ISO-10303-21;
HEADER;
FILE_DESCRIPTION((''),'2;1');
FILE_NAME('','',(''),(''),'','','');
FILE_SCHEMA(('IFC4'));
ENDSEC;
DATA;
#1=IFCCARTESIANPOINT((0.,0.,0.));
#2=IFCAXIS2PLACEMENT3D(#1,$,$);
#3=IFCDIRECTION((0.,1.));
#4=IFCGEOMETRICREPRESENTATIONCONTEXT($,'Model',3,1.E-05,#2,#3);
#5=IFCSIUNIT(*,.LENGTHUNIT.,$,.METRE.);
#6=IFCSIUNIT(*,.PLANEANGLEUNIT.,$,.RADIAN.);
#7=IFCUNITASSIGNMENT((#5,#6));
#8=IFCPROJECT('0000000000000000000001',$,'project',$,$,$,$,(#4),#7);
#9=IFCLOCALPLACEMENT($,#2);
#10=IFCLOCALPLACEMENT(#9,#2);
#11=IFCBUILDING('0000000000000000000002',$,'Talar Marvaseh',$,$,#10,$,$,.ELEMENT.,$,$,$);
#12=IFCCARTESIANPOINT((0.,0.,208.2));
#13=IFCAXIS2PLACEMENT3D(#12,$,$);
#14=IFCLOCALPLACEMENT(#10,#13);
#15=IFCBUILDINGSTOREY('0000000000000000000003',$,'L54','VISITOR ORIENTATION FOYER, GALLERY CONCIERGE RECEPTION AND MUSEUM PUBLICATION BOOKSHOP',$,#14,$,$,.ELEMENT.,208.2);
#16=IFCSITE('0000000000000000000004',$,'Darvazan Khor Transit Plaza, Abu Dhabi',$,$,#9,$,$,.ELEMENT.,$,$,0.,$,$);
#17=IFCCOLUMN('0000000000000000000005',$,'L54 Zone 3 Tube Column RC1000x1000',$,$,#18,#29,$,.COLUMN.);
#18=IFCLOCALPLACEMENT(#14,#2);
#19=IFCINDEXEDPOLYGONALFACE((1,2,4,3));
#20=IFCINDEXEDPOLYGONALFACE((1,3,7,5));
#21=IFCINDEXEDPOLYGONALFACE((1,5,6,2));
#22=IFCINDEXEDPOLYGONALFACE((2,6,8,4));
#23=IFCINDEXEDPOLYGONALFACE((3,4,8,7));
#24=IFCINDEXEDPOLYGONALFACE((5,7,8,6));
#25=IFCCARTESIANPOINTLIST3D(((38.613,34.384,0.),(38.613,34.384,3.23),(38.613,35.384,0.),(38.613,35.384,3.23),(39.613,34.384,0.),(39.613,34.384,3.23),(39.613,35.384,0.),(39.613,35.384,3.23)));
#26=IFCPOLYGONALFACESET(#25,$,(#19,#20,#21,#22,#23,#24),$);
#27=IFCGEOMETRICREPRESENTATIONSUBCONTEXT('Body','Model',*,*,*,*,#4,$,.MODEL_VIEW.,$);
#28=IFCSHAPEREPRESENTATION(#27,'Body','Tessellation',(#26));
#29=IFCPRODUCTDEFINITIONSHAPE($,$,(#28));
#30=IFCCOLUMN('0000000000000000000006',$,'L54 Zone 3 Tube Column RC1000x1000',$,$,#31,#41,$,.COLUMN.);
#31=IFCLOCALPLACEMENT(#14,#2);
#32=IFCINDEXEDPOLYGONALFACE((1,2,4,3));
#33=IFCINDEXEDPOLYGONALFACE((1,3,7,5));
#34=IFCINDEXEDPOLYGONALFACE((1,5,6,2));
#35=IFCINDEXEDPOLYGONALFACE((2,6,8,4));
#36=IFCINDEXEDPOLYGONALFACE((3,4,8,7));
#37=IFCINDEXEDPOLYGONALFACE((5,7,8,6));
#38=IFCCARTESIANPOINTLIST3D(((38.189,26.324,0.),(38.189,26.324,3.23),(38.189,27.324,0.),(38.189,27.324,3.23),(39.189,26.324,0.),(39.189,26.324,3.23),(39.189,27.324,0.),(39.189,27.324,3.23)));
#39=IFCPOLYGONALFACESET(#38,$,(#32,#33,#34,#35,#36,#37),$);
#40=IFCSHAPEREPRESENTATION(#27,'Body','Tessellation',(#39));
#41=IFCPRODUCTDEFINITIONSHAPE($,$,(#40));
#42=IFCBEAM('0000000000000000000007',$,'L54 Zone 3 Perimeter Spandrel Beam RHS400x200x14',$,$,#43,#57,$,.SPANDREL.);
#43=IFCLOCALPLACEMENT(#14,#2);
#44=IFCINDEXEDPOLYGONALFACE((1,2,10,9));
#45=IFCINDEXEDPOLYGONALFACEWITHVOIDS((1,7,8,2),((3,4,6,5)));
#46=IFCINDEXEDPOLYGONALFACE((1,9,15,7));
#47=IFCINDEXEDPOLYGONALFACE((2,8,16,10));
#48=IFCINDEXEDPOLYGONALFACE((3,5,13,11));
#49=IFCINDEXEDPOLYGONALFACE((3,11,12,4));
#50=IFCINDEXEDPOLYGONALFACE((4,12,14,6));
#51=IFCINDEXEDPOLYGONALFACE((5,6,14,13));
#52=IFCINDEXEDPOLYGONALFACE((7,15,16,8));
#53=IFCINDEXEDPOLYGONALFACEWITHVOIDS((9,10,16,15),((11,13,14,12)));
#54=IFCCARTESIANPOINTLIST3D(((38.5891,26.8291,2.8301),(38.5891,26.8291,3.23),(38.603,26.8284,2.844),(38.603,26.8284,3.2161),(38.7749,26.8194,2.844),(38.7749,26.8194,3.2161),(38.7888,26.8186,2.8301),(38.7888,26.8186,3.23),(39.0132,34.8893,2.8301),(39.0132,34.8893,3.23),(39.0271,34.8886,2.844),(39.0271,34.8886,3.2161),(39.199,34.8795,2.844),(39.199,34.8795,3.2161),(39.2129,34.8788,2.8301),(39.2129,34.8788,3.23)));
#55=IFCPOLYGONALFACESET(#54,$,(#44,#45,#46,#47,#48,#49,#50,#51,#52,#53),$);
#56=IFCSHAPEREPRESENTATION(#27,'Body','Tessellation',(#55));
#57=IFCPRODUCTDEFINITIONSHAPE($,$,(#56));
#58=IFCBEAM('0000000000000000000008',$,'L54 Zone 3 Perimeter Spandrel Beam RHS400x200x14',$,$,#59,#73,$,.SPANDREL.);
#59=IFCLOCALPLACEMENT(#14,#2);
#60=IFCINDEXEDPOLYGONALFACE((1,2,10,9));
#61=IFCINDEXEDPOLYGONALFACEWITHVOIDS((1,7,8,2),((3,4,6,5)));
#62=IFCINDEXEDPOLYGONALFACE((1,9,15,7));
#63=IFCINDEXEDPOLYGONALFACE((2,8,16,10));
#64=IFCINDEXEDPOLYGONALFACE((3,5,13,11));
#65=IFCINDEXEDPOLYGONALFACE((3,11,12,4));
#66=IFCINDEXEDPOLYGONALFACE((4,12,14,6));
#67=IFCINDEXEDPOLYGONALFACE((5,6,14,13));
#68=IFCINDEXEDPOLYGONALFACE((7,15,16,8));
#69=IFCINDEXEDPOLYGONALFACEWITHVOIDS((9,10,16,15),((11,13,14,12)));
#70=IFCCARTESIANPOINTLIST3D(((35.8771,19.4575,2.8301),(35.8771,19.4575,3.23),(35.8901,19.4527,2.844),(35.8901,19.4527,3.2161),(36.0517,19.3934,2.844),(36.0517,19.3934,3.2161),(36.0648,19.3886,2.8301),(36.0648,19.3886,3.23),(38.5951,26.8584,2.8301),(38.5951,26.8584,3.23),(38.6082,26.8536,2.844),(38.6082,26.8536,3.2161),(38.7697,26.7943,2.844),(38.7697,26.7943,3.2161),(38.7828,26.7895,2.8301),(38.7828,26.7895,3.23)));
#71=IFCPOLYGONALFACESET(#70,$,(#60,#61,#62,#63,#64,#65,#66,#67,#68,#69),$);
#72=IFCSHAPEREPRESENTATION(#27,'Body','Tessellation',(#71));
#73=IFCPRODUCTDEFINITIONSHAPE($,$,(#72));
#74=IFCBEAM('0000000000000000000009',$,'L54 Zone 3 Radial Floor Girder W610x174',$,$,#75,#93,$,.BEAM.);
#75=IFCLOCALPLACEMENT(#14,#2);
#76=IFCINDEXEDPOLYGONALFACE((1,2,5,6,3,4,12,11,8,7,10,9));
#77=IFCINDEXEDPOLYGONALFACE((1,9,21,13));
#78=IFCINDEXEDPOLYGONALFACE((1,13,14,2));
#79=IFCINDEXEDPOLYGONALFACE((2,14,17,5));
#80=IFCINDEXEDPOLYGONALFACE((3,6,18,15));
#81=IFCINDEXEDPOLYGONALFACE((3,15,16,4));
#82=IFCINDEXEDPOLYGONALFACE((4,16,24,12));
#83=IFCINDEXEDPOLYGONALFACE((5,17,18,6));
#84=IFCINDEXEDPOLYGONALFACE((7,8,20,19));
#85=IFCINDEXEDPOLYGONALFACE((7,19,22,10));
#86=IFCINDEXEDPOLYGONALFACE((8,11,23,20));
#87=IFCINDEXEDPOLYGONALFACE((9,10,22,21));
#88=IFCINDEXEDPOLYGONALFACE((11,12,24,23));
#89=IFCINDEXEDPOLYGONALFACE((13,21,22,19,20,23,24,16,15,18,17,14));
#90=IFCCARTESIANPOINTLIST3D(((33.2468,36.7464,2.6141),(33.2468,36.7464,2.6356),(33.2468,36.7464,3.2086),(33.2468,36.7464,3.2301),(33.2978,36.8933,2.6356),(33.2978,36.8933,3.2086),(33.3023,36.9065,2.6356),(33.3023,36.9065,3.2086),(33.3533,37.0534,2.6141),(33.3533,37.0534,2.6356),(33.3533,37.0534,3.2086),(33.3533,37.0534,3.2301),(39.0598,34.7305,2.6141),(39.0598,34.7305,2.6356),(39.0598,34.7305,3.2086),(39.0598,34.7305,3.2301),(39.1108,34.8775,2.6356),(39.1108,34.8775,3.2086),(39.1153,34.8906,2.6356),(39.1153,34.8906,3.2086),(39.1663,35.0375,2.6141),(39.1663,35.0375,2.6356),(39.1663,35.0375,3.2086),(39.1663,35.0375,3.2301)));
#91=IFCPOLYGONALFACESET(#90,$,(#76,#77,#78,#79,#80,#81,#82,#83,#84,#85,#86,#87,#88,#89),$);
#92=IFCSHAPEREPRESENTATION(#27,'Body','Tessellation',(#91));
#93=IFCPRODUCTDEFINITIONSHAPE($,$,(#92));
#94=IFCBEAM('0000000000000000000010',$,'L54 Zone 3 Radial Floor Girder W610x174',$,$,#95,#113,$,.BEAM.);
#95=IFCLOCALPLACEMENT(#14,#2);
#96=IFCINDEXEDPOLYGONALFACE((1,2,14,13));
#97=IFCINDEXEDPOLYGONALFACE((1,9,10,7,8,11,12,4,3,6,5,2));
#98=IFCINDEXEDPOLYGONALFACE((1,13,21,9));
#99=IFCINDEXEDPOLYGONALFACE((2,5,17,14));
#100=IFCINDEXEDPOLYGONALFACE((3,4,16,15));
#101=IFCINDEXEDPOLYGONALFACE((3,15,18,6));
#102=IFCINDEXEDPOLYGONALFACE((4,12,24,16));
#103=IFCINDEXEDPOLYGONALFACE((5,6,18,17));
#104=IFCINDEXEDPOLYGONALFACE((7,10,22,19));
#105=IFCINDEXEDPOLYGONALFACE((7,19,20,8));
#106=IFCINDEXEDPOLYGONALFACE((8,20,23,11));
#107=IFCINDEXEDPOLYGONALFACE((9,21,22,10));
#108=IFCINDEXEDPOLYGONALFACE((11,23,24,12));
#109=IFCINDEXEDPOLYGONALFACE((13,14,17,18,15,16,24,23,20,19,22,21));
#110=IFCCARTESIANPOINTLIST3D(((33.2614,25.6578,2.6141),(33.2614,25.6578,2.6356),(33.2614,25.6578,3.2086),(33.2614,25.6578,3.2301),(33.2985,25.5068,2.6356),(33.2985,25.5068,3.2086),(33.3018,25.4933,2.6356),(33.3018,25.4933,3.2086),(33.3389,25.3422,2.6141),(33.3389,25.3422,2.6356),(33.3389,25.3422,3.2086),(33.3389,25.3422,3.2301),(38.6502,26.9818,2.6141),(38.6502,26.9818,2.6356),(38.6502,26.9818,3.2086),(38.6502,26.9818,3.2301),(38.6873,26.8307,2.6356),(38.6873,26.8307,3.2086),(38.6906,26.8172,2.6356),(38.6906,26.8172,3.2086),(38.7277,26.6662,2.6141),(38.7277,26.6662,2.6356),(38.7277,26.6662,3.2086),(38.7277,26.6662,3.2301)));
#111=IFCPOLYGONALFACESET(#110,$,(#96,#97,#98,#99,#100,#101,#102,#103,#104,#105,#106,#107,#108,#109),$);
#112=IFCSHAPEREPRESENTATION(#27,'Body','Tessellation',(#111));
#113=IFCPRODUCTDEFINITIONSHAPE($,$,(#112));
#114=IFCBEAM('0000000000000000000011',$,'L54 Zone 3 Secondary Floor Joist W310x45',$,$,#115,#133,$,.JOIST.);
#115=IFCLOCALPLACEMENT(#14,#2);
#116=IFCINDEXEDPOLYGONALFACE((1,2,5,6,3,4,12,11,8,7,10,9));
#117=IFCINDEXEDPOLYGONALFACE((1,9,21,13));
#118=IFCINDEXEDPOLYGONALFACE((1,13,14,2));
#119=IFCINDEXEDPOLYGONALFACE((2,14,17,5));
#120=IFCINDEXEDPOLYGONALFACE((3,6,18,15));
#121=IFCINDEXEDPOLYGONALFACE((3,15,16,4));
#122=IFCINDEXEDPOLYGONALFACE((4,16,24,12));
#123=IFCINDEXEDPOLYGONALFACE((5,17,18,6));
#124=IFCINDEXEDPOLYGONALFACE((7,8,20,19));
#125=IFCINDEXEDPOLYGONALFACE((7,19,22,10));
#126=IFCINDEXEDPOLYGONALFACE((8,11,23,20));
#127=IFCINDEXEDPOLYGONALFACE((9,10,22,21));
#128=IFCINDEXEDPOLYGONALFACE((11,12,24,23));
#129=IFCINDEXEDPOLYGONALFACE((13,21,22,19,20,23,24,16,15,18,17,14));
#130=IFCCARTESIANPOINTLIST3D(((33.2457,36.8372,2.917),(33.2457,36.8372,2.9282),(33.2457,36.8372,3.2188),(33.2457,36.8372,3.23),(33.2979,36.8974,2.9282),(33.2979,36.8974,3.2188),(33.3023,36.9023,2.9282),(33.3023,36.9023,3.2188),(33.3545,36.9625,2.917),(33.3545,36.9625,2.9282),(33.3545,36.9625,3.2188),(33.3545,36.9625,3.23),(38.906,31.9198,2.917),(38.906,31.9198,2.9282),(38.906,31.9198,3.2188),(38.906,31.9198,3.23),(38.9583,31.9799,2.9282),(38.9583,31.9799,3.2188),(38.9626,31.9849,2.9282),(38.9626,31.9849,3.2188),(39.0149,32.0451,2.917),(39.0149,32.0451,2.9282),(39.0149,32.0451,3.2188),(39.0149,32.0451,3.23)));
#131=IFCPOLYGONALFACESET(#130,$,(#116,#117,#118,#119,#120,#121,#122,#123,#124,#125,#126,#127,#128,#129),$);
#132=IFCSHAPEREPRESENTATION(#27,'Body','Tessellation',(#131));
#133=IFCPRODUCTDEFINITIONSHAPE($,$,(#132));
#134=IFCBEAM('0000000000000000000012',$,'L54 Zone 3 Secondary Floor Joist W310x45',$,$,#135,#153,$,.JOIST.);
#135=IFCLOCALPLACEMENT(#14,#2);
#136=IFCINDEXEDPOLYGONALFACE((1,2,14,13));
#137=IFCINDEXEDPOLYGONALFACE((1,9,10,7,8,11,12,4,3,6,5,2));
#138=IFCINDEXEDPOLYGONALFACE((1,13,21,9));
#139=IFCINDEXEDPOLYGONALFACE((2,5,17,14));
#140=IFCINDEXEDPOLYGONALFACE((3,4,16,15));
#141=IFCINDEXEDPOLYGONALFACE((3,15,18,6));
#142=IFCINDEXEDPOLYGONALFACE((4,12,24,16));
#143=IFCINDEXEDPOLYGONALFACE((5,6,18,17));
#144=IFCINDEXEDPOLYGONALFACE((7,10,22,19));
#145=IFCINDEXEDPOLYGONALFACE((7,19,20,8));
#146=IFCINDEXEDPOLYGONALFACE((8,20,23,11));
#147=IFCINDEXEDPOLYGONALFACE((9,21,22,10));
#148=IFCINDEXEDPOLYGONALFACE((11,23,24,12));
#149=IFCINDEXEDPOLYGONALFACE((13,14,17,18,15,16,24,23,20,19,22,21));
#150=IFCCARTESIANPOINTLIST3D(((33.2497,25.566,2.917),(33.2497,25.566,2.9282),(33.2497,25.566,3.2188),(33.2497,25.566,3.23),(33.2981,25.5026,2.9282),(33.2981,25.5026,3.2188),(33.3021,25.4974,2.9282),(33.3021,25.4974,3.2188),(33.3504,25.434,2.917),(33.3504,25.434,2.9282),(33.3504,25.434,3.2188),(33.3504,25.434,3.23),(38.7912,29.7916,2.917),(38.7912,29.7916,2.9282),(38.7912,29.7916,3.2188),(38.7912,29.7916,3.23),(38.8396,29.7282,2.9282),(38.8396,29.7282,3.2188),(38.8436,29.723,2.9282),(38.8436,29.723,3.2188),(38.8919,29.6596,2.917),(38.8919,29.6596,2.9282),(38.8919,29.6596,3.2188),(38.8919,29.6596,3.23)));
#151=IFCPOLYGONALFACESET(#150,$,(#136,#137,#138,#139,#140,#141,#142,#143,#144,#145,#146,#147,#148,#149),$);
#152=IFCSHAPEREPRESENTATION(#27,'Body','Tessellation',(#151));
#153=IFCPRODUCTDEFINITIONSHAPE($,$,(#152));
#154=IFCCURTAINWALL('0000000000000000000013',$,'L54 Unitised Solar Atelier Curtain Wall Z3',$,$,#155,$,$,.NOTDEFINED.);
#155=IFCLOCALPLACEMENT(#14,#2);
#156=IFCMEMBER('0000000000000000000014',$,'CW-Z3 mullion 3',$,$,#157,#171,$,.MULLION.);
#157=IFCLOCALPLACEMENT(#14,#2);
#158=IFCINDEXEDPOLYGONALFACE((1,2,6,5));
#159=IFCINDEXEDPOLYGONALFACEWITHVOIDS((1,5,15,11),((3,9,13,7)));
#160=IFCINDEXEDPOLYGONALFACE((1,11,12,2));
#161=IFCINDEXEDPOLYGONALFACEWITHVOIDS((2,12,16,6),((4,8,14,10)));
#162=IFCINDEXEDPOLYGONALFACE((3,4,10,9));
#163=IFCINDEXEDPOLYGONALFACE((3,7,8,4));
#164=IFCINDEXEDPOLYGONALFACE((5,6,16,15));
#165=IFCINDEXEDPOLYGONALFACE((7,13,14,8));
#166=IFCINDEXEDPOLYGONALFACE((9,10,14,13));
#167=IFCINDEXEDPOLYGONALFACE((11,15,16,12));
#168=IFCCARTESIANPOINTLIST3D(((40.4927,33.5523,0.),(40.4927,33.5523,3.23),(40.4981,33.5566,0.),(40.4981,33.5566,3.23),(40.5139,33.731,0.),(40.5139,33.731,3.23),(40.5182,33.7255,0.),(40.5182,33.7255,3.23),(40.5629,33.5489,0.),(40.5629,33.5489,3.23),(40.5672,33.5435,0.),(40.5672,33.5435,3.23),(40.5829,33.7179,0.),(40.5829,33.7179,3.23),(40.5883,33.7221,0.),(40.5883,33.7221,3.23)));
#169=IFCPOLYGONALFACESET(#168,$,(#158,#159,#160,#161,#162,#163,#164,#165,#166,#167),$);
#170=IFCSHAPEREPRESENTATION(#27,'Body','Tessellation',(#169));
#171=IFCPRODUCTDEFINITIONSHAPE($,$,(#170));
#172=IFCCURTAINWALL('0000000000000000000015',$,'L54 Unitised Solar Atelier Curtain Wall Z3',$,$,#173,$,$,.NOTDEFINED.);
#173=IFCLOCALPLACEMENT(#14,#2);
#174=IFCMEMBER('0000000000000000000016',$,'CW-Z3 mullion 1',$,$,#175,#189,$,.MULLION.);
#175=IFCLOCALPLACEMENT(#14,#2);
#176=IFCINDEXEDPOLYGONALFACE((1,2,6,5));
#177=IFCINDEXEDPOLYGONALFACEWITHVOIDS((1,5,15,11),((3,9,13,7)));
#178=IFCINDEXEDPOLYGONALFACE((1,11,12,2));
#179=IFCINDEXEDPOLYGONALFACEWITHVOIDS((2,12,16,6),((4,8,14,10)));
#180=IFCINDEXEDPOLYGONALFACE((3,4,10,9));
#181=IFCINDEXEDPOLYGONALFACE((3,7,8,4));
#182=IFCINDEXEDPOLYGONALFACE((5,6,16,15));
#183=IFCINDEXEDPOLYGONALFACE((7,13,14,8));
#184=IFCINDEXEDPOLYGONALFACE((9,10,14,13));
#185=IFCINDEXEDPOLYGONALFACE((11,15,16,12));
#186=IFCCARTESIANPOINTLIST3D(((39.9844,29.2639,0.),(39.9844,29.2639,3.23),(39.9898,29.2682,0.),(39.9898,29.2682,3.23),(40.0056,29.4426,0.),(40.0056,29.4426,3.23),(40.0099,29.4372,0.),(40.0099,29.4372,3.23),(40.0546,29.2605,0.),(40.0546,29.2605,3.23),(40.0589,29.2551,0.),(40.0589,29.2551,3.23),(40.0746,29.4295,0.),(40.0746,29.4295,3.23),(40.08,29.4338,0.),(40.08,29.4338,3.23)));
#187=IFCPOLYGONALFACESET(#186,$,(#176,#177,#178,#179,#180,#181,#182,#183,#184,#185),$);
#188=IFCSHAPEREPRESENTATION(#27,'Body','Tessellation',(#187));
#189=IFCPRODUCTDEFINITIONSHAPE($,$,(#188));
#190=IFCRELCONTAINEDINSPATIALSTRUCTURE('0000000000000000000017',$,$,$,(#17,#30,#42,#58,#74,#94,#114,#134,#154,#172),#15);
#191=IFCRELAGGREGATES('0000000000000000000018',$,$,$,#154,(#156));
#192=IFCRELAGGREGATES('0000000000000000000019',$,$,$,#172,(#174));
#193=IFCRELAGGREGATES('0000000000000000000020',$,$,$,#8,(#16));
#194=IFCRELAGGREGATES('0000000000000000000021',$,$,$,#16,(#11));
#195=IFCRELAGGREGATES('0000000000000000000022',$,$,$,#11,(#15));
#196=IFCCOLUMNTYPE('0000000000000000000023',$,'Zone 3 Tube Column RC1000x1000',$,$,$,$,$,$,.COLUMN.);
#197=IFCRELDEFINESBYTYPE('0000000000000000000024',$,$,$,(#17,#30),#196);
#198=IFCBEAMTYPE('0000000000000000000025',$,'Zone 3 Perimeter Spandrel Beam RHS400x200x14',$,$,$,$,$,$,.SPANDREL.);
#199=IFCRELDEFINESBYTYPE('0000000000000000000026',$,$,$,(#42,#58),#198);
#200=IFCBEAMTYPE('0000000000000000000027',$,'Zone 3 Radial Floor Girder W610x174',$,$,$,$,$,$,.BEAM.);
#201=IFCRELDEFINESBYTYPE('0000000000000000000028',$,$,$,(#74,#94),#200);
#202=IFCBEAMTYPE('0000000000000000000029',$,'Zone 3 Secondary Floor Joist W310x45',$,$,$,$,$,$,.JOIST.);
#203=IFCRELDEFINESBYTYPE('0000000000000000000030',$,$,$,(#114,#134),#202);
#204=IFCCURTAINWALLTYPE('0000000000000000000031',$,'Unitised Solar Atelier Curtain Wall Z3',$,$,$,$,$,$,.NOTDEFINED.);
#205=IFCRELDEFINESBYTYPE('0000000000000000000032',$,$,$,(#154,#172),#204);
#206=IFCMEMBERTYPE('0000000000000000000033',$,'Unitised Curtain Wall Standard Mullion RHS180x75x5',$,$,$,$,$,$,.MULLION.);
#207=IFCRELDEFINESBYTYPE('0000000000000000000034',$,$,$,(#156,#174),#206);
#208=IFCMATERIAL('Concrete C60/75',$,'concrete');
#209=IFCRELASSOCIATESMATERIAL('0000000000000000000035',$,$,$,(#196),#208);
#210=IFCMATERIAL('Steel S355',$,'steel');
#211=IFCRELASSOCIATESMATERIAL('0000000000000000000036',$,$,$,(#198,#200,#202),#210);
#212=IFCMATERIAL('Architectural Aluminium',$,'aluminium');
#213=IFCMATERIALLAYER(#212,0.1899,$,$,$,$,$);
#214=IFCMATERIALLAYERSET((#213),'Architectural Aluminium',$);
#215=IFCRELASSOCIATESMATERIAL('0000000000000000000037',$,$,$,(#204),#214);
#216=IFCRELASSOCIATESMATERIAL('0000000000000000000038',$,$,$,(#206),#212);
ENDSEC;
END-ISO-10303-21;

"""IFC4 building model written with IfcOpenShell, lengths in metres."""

from ifc_helpers import new_model, si_unit, direction, frame, origin, origin_2d, place, context, subcontext, project, spatial, rectangle, hollow_rectangle, i_section, extrude, source, transform, mapped, material, layer, layer_set, material_profile, profile_set, type_object, type_shapes, element, aggregate, save


model = new_model("IFC4")

# Units and contexts
model_context = context("Model", 3, precision=1e-05, world=origin(), true_north=direction((0.0, 1.0)))
body_context = subcontext(model_context, "Body", "Model", "MODEL_VIEW")
ifc_project = project(units=[si_unit("LENGTHUNIT", "METRE"), si_unit("PLANEANGLEUNIT", "RADIAN")], contexts=[model_context])

# Site, building, storey
site_placement = place(None, origin())
site = spatial("IfcSite", under=ifc_project, at=site_placement, Name="Darvazan Khor Transit Plaza, Abu Dhabi", CompositionType="ELEMENT", RefElevation=0.0)
building_placement = place(site_placement, origin())
building = spatial("IfcBuilding", under=site, at=building_placement, Name="Talar Marvaseh", CompositionType="ELEMENT")
storey_placement = place(building_placement, frame((0.0, 0.0, 208.2)))
storey = spatial("IfcBuildingStorey", under=building, at=storey_placement, Name="L54", Description="VISITOR ORIENTATION FOYER, GALLERY CONCIERGE RECEPTION AND MUSEUM PUBLICATION BOOKSHOP", CompositionType="ELEMENT", Elevation=208.2)

# Columns
ifc_material_1 = material(Name="Concrete C60/75", Category="concrete")
ifc_material_profile_1 = material_profile(ifc_material_1, rectangle(XDim=1.0, YDim=1.0, at=origin_2d()), Name="RC1000x1000")
ifc_profile_set_1 = profile_set([ifc_material_profile_1], Name="Concrete C60/75")
column_type = type_object("IfcColumnType", Name="Zone 3 Tube Column RC1000x1000", PredefinedType="COLUMN", material=ifc_profile_set_1)
for number, where, z_axis, x_axis, name in (
    (1, (39.113, 34.884, 0.0), (0.0, 0.0, 1.0), (1.0, 0.0, 0.0), "L54 Zone 3 Tube Column RC1000x1000"),
    (2, (38.689, 26.824, 0.0), (0.0, 0.0, 1.0), (1.0, 0.0, 0.0), "L54 Zone 3 Tube Column RC1000x1000"),
):
    element("IfcColumn", number, at=place(storey_placement, frame(where, z_axis=z_axis, x_axis=x_axis)), inside=storey, type_object=column_type, Name=name, PredefinedType="COLUMN", context=body_context, shape_type="SweptSolid", body=[
        extrude(rectangle(XDim=1.0, YDim=1.0, at=origin_2d()), origin(), (0.0, 0.0, 1.0), 3.23),
    ])

# Beams
ifc_material_2 = material(Name="Steel S355", Category="steel")
ifc_material_profile_2 = material_profile(ifc_material_2, hollow_rectangle(XDim=0.2, YDim=0.3999, WallThickness=0.0139, at=origin_2d()), Name="RHS400x200x14")
ifc_profile_set_2 = profile_set([ifc_material_profile_2], Name="Steel S355")
beam_type_1 = type_object("IfcBeamType", Name="Zone 3 Perimeter Spandrel Beam RHS400x200x14", PredefinedType="SPANDREL", material=ifc_profile_set_2)
beam_1_placement = place(storey_placement, frame((39.113, 34.884, 3.03), z_axis=(-0.052541, -0.998619, 0.0), x_axis=(0.998619, -0.052541, 0.0)))
element("IfcBeam", 3, at=beam_1_placement, inside=storey, type_object=beam_type_1, Name="L54 Zone 3 Perimeter Spandrel Beam RHS400x200x14", PredefinedType="SPANDREL", context=body_context, shape_type="SweptSolid", body=[
    extrude(hollow_rectangle(XDim=0.2, YDim=0.3999, WallThickness=0.0139, at=origin_2d()), origin(), (0.0, 0.0, 1.0), 8.0713),
])
beam_2_placement = place(storey_placement, frame((38.689, 26.824, 3.03), z_axis=(-0.344742, -0.938697, 0.0), x_axis=(0.938697, -0.344742, 0.0)))
element("IfcBeam", 4, at=beam_2_placement, inside=storey, type_object=beam_type_1, Name="L54 Zone 3 Perimeter Spandrel Beam RHS400x200x14", PredefinedType="SPANDREL", context=body_context, shape_type="SweptSolid", body=[
    extrude(hollow_rectangle(XDim=0.2, YDim=0.3999, WallThickness=0.0139, at=origin_2d()), origin(), (0.0, 0.0, 1.0), 7.8843),
])
ifc_material_profile_3 = material_profile(ifc_material_2, i_section(OverallWidth=0.325, OverallDepth=0.616, WebThickness=0.0139, FlangeThickness=0.0215, at=origin_2d()), Name="W610x174")
ifc_profile_set_3 = profile_set([ifc_material_profile_3], Name="Steel S355")
beam_type_2 = type_object("IfcBeamType", Name="Zone 3 Radial Floor Girder W610x174", PredefinedType="BEAM", material=ifc_profile_set_3)
beam_3_placement = place(storey_placement, frame((39.113, 34.884, 2.9221), z_axis=(-0.944801, 0.327645, 0.0), x_axis=(-0.327645, -0.944801, 0.0)))
element("IfcBeam", 5, at=beam_3_placement, inside=storey, type_object=beam_type_2, Name="L54 Zone 3 Radial Floor Girder W610x174", PredefinedType="BEAM", context=body_context, shape_type="SweptSolid", body=[
    extrude(i_section(OverallWidth=0.325, OverallDepth=0.616, WebThickness=0.0139, FlangeThickness=0.0215, at=origin_2d()), origin(), (0.0, 0.0, 1.0), 6.1526),
])
beam_4_placement = place(storey_placement, frame((38.689, 26.824, 2.9221), z_axis=(-0.971121, -0.23859, 0.0), x_axis=(0.23859, -0.971121, 0.0)))
element("IfcBeam", 6, at=beam_4_placement, inside=storey, type_object=beam_type_2, Name="L54 Zone 3 Radial Floor Girder W610x174", PredefinedType="BEAM", context=body_context, shape_type="SweptSolid", body=[
    extrude(i_section(OverallWidth=0.325, OverallDepth=0.616, WebThickness=0.0139, FlangeThickness=0.0215, at=origin_2d()), origin(), (0.0, 0.0, 1.0), 5.5491),
])
ifc_material_profile_4 = material_profile(ifc_material_2, i_section(OverallWidth=0.166, OverallDepth=0.313, WebThickness=0.0066, FlangeThickness=0.0112, at=origin_2d()), Name="W310x45")
ifc_profile_set_4 = profile_set([ifc_material_profile_4], Name="Steel S355")
beam_type_3 = type_object("IfcBeamType", Name="Zone 3 Secondary Floor Joist W310x45", PredefinedType="JOIST", material=ifc_profile_set_4)
beam_5_placement = place(storey_placement, frame((38.9604, 31.9824, 3.0735), z_axis=(-0.75491, 0.655829, 0.0), x_axis=(-0.655829, -0.75491, 0.0)))
element("IfcBeam", 7, at=beam_5_placement, inside=storey, type_object=beam_type_3, Name="L54 Zone 3 Secondary Floor Joist W310x45", PredefinedType="JOIST", context=body_context, shape_type="SweptSolid", body=[
    extrude(i_section(OverallWidth=0.166, OverallDepth=0.313, WebThickness=0.0066, FlangeThickness=0.0112, at=origin_2d()), origin(), (0.0, 0.0, 1.0), 7.498),
])
beam_6_placement = place(storey_placement, frame((38.8416, 29.7256, 3.0735), z_axis=(-0.79519, -0.60636, 0.0), x_axis=(0.60636, -0.79519, 0.0)))
element("IfcBeam", 8, at=beam_6_placement, inside=storey, type_object=beam_type_3, Name="L54 Zone 3 Secondary Floor Joist W310x45", PredefinedType="JOIST", context=body_context, shape_type="SweptSolid", body=[
    extrude(i_section(OverallWidth=0.166, OverallDepth=0.313, WebThickness=0.0066, FlangeThickness=0.0112, at=origin_2d()), origin(), (0.0, 0.0, 1.0), 6.9688),
])

# Curtain wall, member
ifc_material_3 = material(Name="Architectural Aluminium", Category="aluminium")
ifc_layer_1 = layer(ifc_material_3, 0.1899)
ifc_layer_set_1 = layer_set([ifc_layer_1], Name="Architectural Aluminium")
curtain_wall_type = type_object("IfcCurtainWallType", Name="Unitised Solar Atelier Curtain Wall Z3", PredefinedType="NOTDEFINED", material=ifc_layer_set_1)
curtain_wall_1_placement = place(storey_placement, origin())
curtain_wall_1 = element("IfcCurtainWall", 9, at=curtain_wall_1_placement, inside=storey, type_object=curtain_wall_type, Name="L54 Unitised Solar Atelier Curtain Wall Z3", PredefinedType="NOTDEFINED")
ifc_material_profile_5 = material_profile(ifc_material_3, hollow_rectangle(XDim=0.075, YDim=0.1799, WallThickness=0.0049, at=origin_2d()), Name="RHS180x75x5")
ifc_profile_set_5 = profile_set([ifc_material_profile_5], Name="Architectural Aluminium")
member_type_1 = type_object("IfcMemberType", Name="Unitised Curtain Wall Standard Mullion RHS180x75x5", PredefinedType="MULLION", material=ifc_profile_set_5)
shared_shape_1 = source(origin(), body_context, "Body", "SweptSolid", [
    extrude(hollow_rectangle(XDim=0.075, YDim=0.1799, WallThickness=0.0049, at=origin_2d()), origin(), (0.0, 0.0, 1.0), 3.23),
])
type_shapes(member_type_1, [shared_shape_1])
member_1_placement = place(storey_placement, frame((40.5405, 33.6372, 0.0), z_axis=(0.0, 0.0, 1.0), x_axis=(0.993051, -0.117689, 0.0)))
member_1 = element("IfcMember", 10, at=member_1_placement, type_object=member_type_1, Name="CW-Z3 mullion 3", PredefinedType="MULLION", context=body_context, shape_type="MappedRepresentation", body=[
    mapped(shared_shape_1, transform((0.0, 0.0, 0.0), x_axis=(1.0, 0.0, 0.0), y_axis=(0.0, 1.0, 0.0), z_axis=(0.0, 0.0, 1.0), scale=1.0)),
])

# Curtain wall, member
curtain_wall_2_placement = place(storey_placement, origin())
curtain_wall_2 = element("IfcCurtainWall", 11, at=curtain_wall_2_placement, inside=storey, type_object=curtain_wall_type, Name="L54 Unitised Solar Atelier Curtain Wall Z3", PredefinedType="NOTDEFINED")
member_2_placement = place(storey_placement, frame((40.0322, 29.3489, 0.0), z_axis=(0.0, 0.0, 1.0), x_axis=(0.993051, -0.117689, 0.0)))
member_2 = element("IfcMember", 12, at=member_2_placement, type_object=member_type_1, Name="CW-Z3 mullion 1", PredefinedType="MULLION", context=body_context, shape_type="MappedRepresentation", body=[
    mapped(shared_shape_1, transform((0.0, 0.0, 0.0), x_axis=(1.0, 0.0, 0.0), y_axis=(0.0, 1.0, 0.0), z_axis=(0.0, 0.0, 1.0), scale=1.0)),
])

aggregate(curtain_wall_1, [member_1])
aggregate(curtain_wall_2, [member_2])

save(model, "model.ifc")
